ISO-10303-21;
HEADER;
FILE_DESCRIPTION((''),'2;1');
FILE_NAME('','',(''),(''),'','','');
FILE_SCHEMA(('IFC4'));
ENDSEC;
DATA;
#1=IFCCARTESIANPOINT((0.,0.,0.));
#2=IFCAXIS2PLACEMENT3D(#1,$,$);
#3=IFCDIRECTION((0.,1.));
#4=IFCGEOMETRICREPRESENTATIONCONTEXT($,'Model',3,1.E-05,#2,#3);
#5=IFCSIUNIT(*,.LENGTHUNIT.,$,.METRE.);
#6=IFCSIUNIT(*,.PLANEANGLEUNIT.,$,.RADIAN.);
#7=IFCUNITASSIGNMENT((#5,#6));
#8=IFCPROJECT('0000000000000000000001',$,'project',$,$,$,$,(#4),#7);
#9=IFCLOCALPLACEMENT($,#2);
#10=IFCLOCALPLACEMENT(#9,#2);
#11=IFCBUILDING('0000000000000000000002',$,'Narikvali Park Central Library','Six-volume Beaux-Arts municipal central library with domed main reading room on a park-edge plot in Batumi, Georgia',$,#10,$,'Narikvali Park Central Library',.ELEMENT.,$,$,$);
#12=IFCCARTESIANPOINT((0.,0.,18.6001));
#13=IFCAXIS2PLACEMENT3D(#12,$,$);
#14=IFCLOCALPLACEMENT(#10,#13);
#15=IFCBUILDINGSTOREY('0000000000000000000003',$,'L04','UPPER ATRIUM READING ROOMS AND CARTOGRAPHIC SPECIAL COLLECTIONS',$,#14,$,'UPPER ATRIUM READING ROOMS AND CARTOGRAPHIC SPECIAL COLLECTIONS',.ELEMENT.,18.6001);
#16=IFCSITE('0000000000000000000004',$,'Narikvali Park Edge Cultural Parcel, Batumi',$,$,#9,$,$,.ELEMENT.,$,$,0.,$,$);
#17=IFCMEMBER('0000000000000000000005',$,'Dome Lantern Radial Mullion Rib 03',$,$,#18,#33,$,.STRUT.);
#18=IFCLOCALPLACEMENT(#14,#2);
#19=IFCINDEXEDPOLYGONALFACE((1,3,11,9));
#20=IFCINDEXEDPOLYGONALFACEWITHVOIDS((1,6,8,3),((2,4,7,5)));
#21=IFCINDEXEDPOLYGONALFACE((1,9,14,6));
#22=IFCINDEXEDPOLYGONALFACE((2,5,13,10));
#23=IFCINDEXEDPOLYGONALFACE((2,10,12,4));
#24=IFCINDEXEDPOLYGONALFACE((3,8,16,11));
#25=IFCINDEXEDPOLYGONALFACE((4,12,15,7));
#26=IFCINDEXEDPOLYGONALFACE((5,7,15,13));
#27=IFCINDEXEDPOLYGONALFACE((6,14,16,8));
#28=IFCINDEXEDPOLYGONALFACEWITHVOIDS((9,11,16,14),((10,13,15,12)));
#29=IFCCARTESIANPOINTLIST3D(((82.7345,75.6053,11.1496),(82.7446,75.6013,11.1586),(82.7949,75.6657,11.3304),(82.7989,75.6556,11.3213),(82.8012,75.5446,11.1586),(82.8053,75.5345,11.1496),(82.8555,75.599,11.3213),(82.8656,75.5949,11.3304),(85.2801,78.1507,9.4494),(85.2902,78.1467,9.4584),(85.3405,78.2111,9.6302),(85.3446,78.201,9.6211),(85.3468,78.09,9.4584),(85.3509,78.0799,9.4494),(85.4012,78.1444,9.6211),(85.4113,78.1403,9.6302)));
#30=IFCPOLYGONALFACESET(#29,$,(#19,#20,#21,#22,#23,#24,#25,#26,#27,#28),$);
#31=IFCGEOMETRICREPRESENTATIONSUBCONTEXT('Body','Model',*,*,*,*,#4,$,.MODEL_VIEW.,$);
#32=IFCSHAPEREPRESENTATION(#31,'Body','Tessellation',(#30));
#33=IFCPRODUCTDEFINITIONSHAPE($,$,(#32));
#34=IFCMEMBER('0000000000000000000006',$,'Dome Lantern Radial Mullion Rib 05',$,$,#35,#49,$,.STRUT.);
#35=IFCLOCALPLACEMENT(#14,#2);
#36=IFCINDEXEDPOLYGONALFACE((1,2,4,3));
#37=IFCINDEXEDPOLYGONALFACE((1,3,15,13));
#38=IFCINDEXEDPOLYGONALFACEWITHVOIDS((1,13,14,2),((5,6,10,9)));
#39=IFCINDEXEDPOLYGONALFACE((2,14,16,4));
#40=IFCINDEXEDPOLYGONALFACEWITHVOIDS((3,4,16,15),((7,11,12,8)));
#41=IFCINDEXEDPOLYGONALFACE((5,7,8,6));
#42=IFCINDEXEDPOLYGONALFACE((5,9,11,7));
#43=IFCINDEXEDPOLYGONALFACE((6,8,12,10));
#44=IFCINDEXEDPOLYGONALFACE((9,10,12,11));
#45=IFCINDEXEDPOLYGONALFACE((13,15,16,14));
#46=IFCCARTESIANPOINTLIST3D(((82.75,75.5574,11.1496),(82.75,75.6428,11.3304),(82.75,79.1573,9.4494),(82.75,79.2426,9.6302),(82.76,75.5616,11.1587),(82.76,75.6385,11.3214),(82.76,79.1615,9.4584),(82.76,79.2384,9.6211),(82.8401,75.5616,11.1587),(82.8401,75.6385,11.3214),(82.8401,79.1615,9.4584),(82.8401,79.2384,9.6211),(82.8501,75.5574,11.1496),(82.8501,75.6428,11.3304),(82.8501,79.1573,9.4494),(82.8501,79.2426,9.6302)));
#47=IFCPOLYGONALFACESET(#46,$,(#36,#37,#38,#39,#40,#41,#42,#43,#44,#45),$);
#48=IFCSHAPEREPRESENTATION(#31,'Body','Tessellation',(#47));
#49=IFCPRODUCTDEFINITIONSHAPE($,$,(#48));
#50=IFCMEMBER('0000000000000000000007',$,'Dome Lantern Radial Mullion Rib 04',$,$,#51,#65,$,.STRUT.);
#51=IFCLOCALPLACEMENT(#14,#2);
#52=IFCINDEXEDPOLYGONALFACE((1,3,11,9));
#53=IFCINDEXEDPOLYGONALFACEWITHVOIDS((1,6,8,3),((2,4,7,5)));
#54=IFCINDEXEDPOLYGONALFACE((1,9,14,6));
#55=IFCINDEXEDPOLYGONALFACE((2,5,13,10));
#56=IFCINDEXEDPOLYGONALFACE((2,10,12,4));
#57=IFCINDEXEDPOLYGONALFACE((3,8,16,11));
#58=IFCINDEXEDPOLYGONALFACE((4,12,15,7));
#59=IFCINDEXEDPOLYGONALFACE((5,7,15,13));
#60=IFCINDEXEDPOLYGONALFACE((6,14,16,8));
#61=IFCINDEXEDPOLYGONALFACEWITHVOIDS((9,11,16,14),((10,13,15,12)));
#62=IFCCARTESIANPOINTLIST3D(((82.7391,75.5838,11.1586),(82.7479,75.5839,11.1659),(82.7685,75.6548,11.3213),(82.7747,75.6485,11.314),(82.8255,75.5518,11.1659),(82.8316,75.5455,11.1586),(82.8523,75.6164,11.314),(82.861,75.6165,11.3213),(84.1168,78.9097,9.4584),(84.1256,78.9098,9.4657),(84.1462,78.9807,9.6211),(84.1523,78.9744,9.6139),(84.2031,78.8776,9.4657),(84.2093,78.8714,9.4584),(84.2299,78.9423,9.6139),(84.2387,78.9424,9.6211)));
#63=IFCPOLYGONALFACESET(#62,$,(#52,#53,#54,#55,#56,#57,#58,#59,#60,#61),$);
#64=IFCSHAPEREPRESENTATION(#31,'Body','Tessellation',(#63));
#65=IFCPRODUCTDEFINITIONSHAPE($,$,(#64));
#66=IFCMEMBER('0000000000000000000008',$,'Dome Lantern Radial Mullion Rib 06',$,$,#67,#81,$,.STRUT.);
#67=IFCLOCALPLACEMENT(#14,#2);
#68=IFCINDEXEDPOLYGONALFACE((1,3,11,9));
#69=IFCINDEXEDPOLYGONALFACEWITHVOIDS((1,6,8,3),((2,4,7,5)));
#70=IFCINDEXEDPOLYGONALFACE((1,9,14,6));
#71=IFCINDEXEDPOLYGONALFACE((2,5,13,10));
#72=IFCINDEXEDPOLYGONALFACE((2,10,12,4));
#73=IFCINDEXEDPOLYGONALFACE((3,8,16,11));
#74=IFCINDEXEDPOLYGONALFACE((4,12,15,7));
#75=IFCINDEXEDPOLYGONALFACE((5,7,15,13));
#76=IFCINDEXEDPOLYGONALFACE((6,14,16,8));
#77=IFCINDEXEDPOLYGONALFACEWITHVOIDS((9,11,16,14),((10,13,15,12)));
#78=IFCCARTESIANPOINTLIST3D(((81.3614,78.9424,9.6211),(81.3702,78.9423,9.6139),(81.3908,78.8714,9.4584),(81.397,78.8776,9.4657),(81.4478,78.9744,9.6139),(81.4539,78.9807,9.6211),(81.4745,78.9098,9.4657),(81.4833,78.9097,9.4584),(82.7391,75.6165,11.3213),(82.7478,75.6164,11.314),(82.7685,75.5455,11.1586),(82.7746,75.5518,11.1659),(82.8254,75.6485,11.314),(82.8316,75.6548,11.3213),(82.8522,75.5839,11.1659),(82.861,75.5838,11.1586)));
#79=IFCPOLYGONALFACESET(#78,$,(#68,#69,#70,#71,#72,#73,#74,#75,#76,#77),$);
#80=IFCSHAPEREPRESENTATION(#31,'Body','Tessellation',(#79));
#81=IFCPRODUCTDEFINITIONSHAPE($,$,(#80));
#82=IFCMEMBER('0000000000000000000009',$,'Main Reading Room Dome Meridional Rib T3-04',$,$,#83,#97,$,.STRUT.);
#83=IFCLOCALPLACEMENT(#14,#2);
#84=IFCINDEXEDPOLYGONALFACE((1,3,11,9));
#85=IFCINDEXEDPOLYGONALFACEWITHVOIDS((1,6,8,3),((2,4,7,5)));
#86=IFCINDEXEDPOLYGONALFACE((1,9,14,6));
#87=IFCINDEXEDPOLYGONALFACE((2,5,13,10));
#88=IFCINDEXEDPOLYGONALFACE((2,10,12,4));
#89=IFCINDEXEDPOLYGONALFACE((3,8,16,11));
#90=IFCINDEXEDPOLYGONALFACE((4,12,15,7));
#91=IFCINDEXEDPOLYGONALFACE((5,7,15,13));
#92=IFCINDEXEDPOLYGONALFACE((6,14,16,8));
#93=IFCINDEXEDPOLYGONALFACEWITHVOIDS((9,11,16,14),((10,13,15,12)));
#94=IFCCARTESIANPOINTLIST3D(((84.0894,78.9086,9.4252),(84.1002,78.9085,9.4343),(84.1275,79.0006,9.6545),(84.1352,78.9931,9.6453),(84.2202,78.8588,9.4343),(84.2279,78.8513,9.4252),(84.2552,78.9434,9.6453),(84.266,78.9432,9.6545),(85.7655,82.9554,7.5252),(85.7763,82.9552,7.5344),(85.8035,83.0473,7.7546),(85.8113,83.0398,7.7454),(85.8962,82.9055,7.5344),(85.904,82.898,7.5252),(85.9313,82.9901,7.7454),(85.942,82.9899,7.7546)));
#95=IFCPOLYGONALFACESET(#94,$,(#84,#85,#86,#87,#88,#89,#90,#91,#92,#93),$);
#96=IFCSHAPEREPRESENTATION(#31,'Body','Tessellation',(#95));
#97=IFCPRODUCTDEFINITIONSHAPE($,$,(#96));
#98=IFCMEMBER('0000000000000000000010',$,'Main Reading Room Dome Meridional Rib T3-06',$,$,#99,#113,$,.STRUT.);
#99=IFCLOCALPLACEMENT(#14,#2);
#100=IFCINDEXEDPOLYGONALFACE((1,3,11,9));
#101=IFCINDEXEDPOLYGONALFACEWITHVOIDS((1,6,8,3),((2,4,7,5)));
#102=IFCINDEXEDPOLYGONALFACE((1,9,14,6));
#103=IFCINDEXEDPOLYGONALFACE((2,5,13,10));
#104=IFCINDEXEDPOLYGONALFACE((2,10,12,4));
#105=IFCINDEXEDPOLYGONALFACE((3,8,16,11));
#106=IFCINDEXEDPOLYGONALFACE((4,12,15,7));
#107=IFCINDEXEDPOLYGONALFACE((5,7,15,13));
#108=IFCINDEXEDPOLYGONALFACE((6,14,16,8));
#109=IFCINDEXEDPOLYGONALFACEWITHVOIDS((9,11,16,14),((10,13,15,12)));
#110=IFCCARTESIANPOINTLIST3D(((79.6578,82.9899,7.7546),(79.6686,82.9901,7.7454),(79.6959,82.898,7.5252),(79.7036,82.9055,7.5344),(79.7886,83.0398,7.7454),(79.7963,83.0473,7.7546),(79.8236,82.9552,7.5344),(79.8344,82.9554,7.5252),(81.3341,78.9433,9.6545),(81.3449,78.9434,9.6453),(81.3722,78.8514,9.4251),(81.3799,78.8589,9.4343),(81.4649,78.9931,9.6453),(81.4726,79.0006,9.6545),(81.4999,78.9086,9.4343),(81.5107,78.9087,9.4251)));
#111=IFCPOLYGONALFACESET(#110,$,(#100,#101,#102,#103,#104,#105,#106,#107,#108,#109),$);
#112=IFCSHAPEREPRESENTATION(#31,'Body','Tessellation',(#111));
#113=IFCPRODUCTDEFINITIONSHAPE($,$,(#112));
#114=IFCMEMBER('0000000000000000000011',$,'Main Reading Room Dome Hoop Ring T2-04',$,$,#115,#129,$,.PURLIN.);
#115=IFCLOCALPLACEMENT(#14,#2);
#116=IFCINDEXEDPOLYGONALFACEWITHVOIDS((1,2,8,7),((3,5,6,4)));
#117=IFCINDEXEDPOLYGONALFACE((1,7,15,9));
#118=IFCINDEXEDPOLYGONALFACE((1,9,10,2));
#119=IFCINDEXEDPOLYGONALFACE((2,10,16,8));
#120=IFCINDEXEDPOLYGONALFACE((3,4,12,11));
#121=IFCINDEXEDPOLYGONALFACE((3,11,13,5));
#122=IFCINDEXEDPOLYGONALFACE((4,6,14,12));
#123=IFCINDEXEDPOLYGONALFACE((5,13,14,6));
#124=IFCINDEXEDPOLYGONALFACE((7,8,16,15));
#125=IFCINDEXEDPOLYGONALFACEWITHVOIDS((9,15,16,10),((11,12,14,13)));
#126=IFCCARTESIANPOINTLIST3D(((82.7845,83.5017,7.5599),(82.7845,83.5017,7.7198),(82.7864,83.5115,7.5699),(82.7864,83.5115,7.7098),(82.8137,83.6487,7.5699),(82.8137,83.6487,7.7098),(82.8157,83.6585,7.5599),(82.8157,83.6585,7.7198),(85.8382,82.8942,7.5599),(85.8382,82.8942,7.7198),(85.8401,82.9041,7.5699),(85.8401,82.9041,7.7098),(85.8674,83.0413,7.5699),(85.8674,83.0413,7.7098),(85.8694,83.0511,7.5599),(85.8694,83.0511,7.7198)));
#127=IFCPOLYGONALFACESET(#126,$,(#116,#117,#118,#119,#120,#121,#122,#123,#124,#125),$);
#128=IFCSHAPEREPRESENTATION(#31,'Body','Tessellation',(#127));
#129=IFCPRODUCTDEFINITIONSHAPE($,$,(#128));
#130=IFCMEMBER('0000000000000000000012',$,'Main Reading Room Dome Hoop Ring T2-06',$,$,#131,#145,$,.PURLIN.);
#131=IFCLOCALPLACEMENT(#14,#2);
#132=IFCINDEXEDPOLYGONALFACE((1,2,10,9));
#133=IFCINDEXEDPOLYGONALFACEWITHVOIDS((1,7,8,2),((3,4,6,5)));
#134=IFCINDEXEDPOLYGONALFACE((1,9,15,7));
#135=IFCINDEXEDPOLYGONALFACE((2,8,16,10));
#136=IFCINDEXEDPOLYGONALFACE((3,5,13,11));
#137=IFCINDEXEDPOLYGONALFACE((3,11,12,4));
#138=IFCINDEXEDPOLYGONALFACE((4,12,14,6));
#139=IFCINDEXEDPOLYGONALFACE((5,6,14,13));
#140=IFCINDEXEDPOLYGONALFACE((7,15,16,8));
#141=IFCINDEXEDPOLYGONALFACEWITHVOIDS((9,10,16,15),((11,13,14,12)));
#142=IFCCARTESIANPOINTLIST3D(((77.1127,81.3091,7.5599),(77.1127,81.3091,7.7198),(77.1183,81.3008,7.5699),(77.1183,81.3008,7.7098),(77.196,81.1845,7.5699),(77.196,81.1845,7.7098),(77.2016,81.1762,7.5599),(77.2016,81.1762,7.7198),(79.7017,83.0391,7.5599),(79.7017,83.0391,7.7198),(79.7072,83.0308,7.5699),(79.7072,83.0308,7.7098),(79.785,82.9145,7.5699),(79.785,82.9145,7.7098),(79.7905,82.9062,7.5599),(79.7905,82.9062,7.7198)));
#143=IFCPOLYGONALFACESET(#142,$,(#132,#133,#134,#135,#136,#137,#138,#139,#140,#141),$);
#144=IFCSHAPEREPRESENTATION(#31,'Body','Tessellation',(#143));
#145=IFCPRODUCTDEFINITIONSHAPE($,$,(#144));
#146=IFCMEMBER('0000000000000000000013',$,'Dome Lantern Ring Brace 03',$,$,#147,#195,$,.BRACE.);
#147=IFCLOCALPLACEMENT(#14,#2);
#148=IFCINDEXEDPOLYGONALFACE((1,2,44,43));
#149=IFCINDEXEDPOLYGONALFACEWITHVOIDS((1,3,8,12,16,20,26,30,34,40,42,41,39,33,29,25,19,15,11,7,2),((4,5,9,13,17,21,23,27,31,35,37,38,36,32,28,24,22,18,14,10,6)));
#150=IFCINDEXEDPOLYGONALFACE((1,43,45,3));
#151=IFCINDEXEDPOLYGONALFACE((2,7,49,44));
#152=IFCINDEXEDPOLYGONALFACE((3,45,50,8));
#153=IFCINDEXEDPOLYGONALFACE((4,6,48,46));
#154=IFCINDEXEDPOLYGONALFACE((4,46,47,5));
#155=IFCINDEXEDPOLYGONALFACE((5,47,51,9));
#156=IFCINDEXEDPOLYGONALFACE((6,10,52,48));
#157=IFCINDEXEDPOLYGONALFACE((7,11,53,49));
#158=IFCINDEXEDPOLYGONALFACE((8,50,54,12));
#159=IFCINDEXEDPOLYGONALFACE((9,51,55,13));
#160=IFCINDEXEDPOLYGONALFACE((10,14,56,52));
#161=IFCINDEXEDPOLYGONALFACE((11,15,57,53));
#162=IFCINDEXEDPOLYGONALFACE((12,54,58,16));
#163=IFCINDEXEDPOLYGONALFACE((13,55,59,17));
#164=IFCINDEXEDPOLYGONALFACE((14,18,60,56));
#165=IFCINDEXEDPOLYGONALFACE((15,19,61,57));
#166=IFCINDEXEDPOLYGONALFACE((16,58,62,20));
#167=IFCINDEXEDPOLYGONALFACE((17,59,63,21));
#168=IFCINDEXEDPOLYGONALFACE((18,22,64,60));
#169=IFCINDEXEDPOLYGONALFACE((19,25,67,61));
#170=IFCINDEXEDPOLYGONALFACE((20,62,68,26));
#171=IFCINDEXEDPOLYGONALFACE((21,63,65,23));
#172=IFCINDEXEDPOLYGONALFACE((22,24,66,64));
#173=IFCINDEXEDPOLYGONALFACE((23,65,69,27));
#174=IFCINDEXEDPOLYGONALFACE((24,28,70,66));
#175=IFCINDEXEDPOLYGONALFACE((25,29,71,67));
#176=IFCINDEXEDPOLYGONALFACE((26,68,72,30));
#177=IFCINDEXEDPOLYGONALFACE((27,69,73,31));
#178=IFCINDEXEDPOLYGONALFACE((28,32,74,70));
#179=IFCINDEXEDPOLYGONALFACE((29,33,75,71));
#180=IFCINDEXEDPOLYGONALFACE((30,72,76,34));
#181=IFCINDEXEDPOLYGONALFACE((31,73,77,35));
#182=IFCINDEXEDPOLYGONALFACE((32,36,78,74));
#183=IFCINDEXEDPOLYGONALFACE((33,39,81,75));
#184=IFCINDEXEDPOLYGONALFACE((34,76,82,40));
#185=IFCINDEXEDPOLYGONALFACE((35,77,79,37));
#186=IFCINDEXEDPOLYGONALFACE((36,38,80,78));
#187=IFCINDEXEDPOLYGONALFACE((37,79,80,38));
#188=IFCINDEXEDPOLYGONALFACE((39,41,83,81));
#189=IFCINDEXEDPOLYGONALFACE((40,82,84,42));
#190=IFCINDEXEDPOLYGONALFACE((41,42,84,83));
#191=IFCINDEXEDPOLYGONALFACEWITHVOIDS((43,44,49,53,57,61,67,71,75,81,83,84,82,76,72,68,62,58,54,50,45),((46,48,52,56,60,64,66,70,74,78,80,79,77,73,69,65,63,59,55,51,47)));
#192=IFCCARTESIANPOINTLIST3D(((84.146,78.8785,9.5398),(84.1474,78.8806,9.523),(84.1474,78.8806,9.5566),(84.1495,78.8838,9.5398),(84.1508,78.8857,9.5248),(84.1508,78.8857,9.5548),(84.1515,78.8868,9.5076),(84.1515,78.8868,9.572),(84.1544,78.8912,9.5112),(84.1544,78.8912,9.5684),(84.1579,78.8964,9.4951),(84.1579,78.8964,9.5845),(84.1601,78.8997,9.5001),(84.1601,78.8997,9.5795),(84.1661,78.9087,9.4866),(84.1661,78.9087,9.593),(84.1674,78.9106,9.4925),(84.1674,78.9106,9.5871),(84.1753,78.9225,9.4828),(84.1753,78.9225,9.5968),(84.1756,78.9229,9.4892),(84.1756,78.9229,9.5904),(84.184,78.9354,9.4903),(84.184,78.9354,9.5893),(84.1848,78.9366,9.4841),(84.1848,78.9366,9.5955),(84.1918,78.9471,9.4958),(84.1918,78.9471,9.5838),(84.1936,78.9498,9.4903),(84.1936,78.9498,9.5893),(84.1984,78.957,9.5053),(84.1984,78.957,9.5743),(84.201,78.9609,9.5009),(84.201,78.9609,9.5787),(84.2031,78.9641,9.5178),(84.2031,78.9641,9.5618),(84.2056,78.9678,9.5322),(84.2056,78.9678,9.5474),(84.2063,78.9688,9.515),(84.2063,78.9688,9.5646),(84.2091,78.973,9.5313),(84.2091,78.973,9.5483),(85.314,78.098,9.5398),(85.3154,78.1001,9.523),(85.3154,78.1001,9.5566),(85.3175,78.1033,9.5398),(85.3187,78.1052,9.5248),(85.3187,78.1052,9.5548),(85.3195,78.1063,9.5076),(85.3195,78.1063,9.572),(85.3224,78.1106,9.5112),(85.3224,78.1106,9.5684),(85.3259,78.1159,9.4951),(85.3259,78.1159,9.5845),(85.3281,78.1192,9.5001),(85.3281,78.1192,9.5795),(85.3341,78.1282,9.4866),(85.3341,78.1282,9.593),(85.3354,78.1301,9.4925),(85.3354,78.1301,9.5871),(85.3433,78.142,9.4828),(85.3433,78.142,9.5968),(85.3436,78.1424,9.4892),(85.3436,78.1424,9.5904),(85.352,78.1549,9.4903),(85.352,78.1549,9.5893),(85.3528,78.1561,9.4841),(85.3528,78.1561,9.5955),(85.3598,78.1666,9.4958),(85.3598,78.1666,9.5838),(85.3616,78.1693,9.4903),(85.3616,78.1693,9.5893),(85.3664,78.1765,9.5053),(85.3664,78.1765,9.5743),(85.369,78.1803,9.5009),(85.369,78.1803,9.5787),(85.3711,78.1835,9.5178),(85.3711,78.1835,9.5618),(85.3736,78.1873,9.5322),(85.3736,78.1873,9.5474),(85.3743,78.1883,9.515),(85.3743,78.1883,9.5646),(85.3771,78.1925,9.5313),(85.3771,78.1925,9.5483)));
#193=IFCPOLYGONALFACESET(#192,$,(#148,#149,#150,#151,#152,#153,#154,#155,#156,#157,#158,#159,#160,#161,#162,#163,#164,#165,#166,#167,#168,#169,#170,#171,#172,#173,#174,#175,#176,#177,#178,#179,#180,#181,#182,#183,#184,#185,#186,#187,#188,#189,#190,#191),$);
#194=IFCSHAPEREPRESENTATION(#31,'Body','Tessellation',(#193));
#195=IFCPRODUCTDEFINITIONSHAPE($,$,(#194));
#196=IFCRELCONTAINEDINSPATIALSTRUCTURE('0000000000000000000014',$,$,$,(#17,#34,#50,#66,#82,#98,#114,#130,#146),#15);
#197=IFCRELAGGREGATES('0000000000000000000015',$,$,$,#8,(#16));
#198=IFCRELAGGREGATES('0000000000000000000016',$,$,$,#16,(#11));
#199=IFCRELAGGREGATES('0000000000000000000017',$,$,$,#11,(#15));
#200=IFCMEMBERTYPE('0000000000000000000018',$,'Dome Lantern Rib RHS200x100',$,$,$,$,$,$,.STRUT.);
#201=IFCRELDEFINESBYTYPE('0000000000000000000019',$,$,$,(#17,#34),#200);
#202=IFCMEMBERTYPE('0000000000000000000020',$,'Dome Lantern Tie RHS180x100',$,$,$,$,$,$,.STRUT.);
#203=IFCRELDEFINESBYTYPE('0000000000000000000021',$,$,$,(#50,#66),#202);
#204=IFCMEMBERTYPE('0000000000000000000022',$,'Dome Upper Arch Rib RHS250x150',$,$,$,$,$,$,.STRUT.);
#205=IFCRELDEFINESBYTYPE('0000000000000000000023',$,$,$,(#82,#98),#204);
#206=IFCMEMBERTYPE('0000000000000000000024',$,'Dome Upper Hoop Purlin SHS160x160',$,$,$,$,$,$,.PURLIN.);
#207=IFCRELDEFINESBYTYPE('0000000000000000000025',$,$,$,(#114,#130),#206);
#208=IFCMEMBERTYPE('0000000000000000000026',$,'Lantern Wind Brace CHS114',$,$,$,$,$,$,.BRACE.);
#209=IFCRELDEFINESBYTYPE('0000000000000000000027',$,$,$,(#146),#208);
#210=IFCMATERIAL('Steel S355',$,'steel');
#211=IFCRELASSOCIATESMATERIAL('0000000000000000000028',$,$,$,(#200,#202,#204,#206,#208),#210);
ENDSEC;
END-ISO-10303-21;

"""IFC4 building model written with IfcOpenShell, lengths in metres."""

from ifc_helpers import new_model, si_unit, direction, frame, origin, origin_2d, place, context, subcontext, project, spatial, hollow_rectangle, hollow_circle, extrude, material, material_profile, profile_set, type_object, element, save


model = new_model("IFC4")

# Units and contexts
model_context = context("Model", 3, precision=1e-05, world=origin(), true_north=direction((0.0, 1.0)))
body_context = subcontext(model_context, "Body", "Model", "MODEL_VIEW")
ifc_project = project(units=[si_unit("LENGTHUNIT", "METRE"), si_unit("PLANEANGLEUNIT", "RADIAN")], contexts=[model_context])

# Site, building, storey
site_placement = place(None, origin())
site = spatial("IfcSite", under=ifc_project, at=site_placement, Name="Narikvali Park Edge Cultural Parcel, Batumi", CompositionType="ELEMENT", RefElevation=0.0)
building_placement = place(site_placement, origin())
building = spatial("IfcBuilding", under=site, at=building_placement, Name="Narikvali Park Central Library", Description="Six-volume Beaux-Arts municipal central library with domed main reading room on a park-edge plot in Batumi, Georgia", LongName="Narikvali Park Central Library", CompositionType="ELEMENT")
storey_placement = place(building_placement, frame((0.0, 0.0, 18.6001)))
storey = spatial("IfcBuildingStorey", under=building, at=storey_placement, Name="L04", Description="UPPER ATRIUM READING ROOMS AND CARTOGRAPHIC SPECIAL COLLECTIONS", LongName="UPPER ATRIUM READING ROOMS AND CARTOGRAPHIC SPECIAL COLLECTIONS", CompositionType="ELEMENT", Elevation=18.6001)

# Members
ifc_material_1 = material(Name="Steel S355", Category="steel")
ifc_material_profile_1 = material_profile(ifc_material_1, hollow_rectangle(XDim=0.1001, YDim=0.2, WallThickness=0.01, at=origin_2d()), Name="RHS 200x100x10")
ifc_profile_set_1 = profile_set([ifc_material_profile_1], Name="Steel S355")
member_type_1 = type_object("IfcMemberType", Name="Dome Lantern Rib RHS200x100", PredefinedType="STRUT", material=ifc_profile_set_1)
for number, where, z_axis, x_axis, name in (
    (1, (85.3457, 78.1455, 9.5398), (-0.639415, -0.639354, 0.427054), (0.707073, -0.707141, 0.0), "Dome Lantern Radial Mullion Rib 03"),
    (2, (82.8, 79.2, 9.5398), (0.0, -0.904223, 0.427061), (1.0, 0.0, 0.0), "Dome Lantern Radial Mullion Rib 05"),
):
    element("IfcMember", number, at=place(storey_placement, frame(where, z_axis=z_axis, x_axis=x_axis)), inside=storey, type_object=member_type_1, Name=name, PredefinedType="STRUT", context=body_context, shape_type="SweptSolid", body=[
        extrude(hollow_rectangle(XDim=0.1001, YDim=0.2, WallThickness=0.01, at=origin_2d()), origin(), (0.0, 0.0, 1.0), 3.9812),
    ])
ifc_material_profile_2 = material_profile(ifc_material_1, hollow_rectangle(XDim=0.1001, YDim=0.1799, WallThickness=0.0081, at=origin_2d()), Name="RHS 180x100x8")
ifc_profile_set_2 = profile_set([ifc_material_profile_2], Name="Steel S355")
member_type_2 = type_object("IfcMemberType", Name="Dome Lantern Tie RHS180x100", PredefinedType="STRUT", material=ifc_profile_set_2)
for number, where, z_axis, x_axis, name in (
    (3, (84.1777, 78.926, 9.5398), (-0.346042, -0.835395, 0.427049), (0.923875, -0.382693, 0.0), "Dome Lantern Radial Mullion Rib 04"),
    (4, (81.4224, 78.926, 9.5398), (0.346042, -0.835395, 0.427049), (0.923875, 0.382693, 0.0), "Dome Lantern Radial Mullion Rib 06"),
):
    element("IfcMember", number, at=place(storey_placement, frame(where, z_axis=z_axis, x_axis=x_axis)), inside=storey, type_object=member_type_2, Name=name, PredefinedType="STRUT", context=body_context, shape_type="SweptSolid", body=[
        extrude(hollow_rectangle(XDim=0.1001, YDim=0.1799, WallThickness=0.0081, at=origin_2d()), origin(), (0.0, 0.0, 1.0), 3.9812),
    ])
ifc_material_profile_3 = material_profile(ifc_material_1, hollow_rectangle(XDim=0.1499, YDim=0.25, WallThickness=0.01, at=origin_2d()), Name="RHS 250x150x10")
ifc_profile_set_3 = profile_set([ifc_material_profile_3], Name="Steel S355")
member_type_3 = type_object("IfcMemberType", Name="Dome Upper Arch Rib RHS250x150", PredefinedType="STRUT", material=ifc_profile_set_3)
for number, where, z_axis, x_axis, name in (
    (5, (85.8538, 82.9727, 7.6399), (-0.351052, -0.847587, 0.397944), (0.923891, -0.382655, 0.0), "Main Reading Room Dome Meridional Rib T3-04"),
    (6, (79.7461, 82.9727, 7.6399), (0.351097, -0.847572, 0.397937), (0.923871, 0.382703, 0.0), "Main Reading Room Dome Meridional Rib T3-06"),
):
    element("IfcMember", number, at=place(storey_placement, frame(where, z_axis=z_axis, x_axis=x_axis)), inside=storey, type_object=member_type_3, Name=name, PredefinedType="STRUT", context=body_context, shape_type="SweptSolid", body=[
        extrude(hollow_rectangle(XDim=0.1499, YDim=0.25, WallThickness=0.01, at=origin_2d()), origin(), (0.0, 0.0, 1.0), 4.7744),
    ])
ifc_material_profile_4 = material_profile(ifc_material_1, hollow_rectangle(XDim=0.1599, YDim=0.1599, WallThickness=0.01, at=origin_2d()), Name="SHS 160x160x10")
ifc_profile_set_4 = profile_set([ifc_material_profile_4], Name="Steel S355")
member_type_4 = type_object("IfcMemberType", Name="Dome Upper Hoop Purlin SHS160x160", PredefinedType="PURLIN", material=ifc_profile_set_4)
member_1_placement = place(storey_placement, frame((85.8538, 82.9727, 7.6399), z_axis=(-0.980785, 0.195091, 0.0), x_axis=(-0.195091, -0.980785, 0.0)))
element("IfcMember", 7, at=member_1_placement, inside=storey, type_object=member_type_4, Name="Main Reading Room Dome Hoop Ring T2-04", PredefinedType="PURLIN", context=body_context, shape_type="SweptSolid", body=[
    extrude(hollow_rectangle(XDim=0.1599, YDim=0.1599, WallThickness=0.01, at=origin_2d()), origin(), (0.0, 0.0, 1.0), 3.1135),
])
member_2_placement = place(storey_placement, frame((79.7461, 82.9727, 7.6399), z_axis=(-0.831447, -0.555605, 0.0), x_axis=(0.555605, -0.831447, 0.0)))
element("IfcMember", 8, at=member_2_placement, inside=storey, type_object=member_type_4, Name="Main Reading Room Dome Hoop Ring T2-06", PredefinedType="PURLIN", context=body_context, shape_type="SweptSolid", body=[
    extrude(hollow_rectangle(XDim=0.1599, YDim=0.1599, WallThickness=0.01, at=origin_2d()), origin(), (0.0, 0.0, 1.0), 3.1138),
])
ifc_material_profile_5 = material_profile(ifc_material_1, hollow_circle(Radius=0.0571, WallThickness=0.0063, at=origin_2d()), Name="CHS 114.3x6.3")
ifc_profile_set_5 = profile_set([ifc_material_profile_5], Name="Steel S355")
member_type_5 = type_object("IfcMemberType", Name="Lantern Wind Brace CHS114", PredefinedType="BRACE", material=ifc_profile_set_5)
member_3_placement = place(storey_placement, frame((85.3457, 78.1455, 9.5398), z_axis=(-0.831435, 0.555622, 0.0), x_axis=(-0.555622, -0.831435, 0.0)))
element("IfcMember", 9, at=member_3_placement, inside=storey, type_object=member_type_5, Name="Dome Lantern Ring Brace 03", PredefinedType="BRACE", context=body_context, shape_type="SweptSolid", body=[
    extrude(hollow_circle(Radius=0.0571, WallThickness=0.0063, at=origin_2d()), origin(), (0.0, 0.0, 1.0), 1.4048),
])

save(model, "model.ifc")
